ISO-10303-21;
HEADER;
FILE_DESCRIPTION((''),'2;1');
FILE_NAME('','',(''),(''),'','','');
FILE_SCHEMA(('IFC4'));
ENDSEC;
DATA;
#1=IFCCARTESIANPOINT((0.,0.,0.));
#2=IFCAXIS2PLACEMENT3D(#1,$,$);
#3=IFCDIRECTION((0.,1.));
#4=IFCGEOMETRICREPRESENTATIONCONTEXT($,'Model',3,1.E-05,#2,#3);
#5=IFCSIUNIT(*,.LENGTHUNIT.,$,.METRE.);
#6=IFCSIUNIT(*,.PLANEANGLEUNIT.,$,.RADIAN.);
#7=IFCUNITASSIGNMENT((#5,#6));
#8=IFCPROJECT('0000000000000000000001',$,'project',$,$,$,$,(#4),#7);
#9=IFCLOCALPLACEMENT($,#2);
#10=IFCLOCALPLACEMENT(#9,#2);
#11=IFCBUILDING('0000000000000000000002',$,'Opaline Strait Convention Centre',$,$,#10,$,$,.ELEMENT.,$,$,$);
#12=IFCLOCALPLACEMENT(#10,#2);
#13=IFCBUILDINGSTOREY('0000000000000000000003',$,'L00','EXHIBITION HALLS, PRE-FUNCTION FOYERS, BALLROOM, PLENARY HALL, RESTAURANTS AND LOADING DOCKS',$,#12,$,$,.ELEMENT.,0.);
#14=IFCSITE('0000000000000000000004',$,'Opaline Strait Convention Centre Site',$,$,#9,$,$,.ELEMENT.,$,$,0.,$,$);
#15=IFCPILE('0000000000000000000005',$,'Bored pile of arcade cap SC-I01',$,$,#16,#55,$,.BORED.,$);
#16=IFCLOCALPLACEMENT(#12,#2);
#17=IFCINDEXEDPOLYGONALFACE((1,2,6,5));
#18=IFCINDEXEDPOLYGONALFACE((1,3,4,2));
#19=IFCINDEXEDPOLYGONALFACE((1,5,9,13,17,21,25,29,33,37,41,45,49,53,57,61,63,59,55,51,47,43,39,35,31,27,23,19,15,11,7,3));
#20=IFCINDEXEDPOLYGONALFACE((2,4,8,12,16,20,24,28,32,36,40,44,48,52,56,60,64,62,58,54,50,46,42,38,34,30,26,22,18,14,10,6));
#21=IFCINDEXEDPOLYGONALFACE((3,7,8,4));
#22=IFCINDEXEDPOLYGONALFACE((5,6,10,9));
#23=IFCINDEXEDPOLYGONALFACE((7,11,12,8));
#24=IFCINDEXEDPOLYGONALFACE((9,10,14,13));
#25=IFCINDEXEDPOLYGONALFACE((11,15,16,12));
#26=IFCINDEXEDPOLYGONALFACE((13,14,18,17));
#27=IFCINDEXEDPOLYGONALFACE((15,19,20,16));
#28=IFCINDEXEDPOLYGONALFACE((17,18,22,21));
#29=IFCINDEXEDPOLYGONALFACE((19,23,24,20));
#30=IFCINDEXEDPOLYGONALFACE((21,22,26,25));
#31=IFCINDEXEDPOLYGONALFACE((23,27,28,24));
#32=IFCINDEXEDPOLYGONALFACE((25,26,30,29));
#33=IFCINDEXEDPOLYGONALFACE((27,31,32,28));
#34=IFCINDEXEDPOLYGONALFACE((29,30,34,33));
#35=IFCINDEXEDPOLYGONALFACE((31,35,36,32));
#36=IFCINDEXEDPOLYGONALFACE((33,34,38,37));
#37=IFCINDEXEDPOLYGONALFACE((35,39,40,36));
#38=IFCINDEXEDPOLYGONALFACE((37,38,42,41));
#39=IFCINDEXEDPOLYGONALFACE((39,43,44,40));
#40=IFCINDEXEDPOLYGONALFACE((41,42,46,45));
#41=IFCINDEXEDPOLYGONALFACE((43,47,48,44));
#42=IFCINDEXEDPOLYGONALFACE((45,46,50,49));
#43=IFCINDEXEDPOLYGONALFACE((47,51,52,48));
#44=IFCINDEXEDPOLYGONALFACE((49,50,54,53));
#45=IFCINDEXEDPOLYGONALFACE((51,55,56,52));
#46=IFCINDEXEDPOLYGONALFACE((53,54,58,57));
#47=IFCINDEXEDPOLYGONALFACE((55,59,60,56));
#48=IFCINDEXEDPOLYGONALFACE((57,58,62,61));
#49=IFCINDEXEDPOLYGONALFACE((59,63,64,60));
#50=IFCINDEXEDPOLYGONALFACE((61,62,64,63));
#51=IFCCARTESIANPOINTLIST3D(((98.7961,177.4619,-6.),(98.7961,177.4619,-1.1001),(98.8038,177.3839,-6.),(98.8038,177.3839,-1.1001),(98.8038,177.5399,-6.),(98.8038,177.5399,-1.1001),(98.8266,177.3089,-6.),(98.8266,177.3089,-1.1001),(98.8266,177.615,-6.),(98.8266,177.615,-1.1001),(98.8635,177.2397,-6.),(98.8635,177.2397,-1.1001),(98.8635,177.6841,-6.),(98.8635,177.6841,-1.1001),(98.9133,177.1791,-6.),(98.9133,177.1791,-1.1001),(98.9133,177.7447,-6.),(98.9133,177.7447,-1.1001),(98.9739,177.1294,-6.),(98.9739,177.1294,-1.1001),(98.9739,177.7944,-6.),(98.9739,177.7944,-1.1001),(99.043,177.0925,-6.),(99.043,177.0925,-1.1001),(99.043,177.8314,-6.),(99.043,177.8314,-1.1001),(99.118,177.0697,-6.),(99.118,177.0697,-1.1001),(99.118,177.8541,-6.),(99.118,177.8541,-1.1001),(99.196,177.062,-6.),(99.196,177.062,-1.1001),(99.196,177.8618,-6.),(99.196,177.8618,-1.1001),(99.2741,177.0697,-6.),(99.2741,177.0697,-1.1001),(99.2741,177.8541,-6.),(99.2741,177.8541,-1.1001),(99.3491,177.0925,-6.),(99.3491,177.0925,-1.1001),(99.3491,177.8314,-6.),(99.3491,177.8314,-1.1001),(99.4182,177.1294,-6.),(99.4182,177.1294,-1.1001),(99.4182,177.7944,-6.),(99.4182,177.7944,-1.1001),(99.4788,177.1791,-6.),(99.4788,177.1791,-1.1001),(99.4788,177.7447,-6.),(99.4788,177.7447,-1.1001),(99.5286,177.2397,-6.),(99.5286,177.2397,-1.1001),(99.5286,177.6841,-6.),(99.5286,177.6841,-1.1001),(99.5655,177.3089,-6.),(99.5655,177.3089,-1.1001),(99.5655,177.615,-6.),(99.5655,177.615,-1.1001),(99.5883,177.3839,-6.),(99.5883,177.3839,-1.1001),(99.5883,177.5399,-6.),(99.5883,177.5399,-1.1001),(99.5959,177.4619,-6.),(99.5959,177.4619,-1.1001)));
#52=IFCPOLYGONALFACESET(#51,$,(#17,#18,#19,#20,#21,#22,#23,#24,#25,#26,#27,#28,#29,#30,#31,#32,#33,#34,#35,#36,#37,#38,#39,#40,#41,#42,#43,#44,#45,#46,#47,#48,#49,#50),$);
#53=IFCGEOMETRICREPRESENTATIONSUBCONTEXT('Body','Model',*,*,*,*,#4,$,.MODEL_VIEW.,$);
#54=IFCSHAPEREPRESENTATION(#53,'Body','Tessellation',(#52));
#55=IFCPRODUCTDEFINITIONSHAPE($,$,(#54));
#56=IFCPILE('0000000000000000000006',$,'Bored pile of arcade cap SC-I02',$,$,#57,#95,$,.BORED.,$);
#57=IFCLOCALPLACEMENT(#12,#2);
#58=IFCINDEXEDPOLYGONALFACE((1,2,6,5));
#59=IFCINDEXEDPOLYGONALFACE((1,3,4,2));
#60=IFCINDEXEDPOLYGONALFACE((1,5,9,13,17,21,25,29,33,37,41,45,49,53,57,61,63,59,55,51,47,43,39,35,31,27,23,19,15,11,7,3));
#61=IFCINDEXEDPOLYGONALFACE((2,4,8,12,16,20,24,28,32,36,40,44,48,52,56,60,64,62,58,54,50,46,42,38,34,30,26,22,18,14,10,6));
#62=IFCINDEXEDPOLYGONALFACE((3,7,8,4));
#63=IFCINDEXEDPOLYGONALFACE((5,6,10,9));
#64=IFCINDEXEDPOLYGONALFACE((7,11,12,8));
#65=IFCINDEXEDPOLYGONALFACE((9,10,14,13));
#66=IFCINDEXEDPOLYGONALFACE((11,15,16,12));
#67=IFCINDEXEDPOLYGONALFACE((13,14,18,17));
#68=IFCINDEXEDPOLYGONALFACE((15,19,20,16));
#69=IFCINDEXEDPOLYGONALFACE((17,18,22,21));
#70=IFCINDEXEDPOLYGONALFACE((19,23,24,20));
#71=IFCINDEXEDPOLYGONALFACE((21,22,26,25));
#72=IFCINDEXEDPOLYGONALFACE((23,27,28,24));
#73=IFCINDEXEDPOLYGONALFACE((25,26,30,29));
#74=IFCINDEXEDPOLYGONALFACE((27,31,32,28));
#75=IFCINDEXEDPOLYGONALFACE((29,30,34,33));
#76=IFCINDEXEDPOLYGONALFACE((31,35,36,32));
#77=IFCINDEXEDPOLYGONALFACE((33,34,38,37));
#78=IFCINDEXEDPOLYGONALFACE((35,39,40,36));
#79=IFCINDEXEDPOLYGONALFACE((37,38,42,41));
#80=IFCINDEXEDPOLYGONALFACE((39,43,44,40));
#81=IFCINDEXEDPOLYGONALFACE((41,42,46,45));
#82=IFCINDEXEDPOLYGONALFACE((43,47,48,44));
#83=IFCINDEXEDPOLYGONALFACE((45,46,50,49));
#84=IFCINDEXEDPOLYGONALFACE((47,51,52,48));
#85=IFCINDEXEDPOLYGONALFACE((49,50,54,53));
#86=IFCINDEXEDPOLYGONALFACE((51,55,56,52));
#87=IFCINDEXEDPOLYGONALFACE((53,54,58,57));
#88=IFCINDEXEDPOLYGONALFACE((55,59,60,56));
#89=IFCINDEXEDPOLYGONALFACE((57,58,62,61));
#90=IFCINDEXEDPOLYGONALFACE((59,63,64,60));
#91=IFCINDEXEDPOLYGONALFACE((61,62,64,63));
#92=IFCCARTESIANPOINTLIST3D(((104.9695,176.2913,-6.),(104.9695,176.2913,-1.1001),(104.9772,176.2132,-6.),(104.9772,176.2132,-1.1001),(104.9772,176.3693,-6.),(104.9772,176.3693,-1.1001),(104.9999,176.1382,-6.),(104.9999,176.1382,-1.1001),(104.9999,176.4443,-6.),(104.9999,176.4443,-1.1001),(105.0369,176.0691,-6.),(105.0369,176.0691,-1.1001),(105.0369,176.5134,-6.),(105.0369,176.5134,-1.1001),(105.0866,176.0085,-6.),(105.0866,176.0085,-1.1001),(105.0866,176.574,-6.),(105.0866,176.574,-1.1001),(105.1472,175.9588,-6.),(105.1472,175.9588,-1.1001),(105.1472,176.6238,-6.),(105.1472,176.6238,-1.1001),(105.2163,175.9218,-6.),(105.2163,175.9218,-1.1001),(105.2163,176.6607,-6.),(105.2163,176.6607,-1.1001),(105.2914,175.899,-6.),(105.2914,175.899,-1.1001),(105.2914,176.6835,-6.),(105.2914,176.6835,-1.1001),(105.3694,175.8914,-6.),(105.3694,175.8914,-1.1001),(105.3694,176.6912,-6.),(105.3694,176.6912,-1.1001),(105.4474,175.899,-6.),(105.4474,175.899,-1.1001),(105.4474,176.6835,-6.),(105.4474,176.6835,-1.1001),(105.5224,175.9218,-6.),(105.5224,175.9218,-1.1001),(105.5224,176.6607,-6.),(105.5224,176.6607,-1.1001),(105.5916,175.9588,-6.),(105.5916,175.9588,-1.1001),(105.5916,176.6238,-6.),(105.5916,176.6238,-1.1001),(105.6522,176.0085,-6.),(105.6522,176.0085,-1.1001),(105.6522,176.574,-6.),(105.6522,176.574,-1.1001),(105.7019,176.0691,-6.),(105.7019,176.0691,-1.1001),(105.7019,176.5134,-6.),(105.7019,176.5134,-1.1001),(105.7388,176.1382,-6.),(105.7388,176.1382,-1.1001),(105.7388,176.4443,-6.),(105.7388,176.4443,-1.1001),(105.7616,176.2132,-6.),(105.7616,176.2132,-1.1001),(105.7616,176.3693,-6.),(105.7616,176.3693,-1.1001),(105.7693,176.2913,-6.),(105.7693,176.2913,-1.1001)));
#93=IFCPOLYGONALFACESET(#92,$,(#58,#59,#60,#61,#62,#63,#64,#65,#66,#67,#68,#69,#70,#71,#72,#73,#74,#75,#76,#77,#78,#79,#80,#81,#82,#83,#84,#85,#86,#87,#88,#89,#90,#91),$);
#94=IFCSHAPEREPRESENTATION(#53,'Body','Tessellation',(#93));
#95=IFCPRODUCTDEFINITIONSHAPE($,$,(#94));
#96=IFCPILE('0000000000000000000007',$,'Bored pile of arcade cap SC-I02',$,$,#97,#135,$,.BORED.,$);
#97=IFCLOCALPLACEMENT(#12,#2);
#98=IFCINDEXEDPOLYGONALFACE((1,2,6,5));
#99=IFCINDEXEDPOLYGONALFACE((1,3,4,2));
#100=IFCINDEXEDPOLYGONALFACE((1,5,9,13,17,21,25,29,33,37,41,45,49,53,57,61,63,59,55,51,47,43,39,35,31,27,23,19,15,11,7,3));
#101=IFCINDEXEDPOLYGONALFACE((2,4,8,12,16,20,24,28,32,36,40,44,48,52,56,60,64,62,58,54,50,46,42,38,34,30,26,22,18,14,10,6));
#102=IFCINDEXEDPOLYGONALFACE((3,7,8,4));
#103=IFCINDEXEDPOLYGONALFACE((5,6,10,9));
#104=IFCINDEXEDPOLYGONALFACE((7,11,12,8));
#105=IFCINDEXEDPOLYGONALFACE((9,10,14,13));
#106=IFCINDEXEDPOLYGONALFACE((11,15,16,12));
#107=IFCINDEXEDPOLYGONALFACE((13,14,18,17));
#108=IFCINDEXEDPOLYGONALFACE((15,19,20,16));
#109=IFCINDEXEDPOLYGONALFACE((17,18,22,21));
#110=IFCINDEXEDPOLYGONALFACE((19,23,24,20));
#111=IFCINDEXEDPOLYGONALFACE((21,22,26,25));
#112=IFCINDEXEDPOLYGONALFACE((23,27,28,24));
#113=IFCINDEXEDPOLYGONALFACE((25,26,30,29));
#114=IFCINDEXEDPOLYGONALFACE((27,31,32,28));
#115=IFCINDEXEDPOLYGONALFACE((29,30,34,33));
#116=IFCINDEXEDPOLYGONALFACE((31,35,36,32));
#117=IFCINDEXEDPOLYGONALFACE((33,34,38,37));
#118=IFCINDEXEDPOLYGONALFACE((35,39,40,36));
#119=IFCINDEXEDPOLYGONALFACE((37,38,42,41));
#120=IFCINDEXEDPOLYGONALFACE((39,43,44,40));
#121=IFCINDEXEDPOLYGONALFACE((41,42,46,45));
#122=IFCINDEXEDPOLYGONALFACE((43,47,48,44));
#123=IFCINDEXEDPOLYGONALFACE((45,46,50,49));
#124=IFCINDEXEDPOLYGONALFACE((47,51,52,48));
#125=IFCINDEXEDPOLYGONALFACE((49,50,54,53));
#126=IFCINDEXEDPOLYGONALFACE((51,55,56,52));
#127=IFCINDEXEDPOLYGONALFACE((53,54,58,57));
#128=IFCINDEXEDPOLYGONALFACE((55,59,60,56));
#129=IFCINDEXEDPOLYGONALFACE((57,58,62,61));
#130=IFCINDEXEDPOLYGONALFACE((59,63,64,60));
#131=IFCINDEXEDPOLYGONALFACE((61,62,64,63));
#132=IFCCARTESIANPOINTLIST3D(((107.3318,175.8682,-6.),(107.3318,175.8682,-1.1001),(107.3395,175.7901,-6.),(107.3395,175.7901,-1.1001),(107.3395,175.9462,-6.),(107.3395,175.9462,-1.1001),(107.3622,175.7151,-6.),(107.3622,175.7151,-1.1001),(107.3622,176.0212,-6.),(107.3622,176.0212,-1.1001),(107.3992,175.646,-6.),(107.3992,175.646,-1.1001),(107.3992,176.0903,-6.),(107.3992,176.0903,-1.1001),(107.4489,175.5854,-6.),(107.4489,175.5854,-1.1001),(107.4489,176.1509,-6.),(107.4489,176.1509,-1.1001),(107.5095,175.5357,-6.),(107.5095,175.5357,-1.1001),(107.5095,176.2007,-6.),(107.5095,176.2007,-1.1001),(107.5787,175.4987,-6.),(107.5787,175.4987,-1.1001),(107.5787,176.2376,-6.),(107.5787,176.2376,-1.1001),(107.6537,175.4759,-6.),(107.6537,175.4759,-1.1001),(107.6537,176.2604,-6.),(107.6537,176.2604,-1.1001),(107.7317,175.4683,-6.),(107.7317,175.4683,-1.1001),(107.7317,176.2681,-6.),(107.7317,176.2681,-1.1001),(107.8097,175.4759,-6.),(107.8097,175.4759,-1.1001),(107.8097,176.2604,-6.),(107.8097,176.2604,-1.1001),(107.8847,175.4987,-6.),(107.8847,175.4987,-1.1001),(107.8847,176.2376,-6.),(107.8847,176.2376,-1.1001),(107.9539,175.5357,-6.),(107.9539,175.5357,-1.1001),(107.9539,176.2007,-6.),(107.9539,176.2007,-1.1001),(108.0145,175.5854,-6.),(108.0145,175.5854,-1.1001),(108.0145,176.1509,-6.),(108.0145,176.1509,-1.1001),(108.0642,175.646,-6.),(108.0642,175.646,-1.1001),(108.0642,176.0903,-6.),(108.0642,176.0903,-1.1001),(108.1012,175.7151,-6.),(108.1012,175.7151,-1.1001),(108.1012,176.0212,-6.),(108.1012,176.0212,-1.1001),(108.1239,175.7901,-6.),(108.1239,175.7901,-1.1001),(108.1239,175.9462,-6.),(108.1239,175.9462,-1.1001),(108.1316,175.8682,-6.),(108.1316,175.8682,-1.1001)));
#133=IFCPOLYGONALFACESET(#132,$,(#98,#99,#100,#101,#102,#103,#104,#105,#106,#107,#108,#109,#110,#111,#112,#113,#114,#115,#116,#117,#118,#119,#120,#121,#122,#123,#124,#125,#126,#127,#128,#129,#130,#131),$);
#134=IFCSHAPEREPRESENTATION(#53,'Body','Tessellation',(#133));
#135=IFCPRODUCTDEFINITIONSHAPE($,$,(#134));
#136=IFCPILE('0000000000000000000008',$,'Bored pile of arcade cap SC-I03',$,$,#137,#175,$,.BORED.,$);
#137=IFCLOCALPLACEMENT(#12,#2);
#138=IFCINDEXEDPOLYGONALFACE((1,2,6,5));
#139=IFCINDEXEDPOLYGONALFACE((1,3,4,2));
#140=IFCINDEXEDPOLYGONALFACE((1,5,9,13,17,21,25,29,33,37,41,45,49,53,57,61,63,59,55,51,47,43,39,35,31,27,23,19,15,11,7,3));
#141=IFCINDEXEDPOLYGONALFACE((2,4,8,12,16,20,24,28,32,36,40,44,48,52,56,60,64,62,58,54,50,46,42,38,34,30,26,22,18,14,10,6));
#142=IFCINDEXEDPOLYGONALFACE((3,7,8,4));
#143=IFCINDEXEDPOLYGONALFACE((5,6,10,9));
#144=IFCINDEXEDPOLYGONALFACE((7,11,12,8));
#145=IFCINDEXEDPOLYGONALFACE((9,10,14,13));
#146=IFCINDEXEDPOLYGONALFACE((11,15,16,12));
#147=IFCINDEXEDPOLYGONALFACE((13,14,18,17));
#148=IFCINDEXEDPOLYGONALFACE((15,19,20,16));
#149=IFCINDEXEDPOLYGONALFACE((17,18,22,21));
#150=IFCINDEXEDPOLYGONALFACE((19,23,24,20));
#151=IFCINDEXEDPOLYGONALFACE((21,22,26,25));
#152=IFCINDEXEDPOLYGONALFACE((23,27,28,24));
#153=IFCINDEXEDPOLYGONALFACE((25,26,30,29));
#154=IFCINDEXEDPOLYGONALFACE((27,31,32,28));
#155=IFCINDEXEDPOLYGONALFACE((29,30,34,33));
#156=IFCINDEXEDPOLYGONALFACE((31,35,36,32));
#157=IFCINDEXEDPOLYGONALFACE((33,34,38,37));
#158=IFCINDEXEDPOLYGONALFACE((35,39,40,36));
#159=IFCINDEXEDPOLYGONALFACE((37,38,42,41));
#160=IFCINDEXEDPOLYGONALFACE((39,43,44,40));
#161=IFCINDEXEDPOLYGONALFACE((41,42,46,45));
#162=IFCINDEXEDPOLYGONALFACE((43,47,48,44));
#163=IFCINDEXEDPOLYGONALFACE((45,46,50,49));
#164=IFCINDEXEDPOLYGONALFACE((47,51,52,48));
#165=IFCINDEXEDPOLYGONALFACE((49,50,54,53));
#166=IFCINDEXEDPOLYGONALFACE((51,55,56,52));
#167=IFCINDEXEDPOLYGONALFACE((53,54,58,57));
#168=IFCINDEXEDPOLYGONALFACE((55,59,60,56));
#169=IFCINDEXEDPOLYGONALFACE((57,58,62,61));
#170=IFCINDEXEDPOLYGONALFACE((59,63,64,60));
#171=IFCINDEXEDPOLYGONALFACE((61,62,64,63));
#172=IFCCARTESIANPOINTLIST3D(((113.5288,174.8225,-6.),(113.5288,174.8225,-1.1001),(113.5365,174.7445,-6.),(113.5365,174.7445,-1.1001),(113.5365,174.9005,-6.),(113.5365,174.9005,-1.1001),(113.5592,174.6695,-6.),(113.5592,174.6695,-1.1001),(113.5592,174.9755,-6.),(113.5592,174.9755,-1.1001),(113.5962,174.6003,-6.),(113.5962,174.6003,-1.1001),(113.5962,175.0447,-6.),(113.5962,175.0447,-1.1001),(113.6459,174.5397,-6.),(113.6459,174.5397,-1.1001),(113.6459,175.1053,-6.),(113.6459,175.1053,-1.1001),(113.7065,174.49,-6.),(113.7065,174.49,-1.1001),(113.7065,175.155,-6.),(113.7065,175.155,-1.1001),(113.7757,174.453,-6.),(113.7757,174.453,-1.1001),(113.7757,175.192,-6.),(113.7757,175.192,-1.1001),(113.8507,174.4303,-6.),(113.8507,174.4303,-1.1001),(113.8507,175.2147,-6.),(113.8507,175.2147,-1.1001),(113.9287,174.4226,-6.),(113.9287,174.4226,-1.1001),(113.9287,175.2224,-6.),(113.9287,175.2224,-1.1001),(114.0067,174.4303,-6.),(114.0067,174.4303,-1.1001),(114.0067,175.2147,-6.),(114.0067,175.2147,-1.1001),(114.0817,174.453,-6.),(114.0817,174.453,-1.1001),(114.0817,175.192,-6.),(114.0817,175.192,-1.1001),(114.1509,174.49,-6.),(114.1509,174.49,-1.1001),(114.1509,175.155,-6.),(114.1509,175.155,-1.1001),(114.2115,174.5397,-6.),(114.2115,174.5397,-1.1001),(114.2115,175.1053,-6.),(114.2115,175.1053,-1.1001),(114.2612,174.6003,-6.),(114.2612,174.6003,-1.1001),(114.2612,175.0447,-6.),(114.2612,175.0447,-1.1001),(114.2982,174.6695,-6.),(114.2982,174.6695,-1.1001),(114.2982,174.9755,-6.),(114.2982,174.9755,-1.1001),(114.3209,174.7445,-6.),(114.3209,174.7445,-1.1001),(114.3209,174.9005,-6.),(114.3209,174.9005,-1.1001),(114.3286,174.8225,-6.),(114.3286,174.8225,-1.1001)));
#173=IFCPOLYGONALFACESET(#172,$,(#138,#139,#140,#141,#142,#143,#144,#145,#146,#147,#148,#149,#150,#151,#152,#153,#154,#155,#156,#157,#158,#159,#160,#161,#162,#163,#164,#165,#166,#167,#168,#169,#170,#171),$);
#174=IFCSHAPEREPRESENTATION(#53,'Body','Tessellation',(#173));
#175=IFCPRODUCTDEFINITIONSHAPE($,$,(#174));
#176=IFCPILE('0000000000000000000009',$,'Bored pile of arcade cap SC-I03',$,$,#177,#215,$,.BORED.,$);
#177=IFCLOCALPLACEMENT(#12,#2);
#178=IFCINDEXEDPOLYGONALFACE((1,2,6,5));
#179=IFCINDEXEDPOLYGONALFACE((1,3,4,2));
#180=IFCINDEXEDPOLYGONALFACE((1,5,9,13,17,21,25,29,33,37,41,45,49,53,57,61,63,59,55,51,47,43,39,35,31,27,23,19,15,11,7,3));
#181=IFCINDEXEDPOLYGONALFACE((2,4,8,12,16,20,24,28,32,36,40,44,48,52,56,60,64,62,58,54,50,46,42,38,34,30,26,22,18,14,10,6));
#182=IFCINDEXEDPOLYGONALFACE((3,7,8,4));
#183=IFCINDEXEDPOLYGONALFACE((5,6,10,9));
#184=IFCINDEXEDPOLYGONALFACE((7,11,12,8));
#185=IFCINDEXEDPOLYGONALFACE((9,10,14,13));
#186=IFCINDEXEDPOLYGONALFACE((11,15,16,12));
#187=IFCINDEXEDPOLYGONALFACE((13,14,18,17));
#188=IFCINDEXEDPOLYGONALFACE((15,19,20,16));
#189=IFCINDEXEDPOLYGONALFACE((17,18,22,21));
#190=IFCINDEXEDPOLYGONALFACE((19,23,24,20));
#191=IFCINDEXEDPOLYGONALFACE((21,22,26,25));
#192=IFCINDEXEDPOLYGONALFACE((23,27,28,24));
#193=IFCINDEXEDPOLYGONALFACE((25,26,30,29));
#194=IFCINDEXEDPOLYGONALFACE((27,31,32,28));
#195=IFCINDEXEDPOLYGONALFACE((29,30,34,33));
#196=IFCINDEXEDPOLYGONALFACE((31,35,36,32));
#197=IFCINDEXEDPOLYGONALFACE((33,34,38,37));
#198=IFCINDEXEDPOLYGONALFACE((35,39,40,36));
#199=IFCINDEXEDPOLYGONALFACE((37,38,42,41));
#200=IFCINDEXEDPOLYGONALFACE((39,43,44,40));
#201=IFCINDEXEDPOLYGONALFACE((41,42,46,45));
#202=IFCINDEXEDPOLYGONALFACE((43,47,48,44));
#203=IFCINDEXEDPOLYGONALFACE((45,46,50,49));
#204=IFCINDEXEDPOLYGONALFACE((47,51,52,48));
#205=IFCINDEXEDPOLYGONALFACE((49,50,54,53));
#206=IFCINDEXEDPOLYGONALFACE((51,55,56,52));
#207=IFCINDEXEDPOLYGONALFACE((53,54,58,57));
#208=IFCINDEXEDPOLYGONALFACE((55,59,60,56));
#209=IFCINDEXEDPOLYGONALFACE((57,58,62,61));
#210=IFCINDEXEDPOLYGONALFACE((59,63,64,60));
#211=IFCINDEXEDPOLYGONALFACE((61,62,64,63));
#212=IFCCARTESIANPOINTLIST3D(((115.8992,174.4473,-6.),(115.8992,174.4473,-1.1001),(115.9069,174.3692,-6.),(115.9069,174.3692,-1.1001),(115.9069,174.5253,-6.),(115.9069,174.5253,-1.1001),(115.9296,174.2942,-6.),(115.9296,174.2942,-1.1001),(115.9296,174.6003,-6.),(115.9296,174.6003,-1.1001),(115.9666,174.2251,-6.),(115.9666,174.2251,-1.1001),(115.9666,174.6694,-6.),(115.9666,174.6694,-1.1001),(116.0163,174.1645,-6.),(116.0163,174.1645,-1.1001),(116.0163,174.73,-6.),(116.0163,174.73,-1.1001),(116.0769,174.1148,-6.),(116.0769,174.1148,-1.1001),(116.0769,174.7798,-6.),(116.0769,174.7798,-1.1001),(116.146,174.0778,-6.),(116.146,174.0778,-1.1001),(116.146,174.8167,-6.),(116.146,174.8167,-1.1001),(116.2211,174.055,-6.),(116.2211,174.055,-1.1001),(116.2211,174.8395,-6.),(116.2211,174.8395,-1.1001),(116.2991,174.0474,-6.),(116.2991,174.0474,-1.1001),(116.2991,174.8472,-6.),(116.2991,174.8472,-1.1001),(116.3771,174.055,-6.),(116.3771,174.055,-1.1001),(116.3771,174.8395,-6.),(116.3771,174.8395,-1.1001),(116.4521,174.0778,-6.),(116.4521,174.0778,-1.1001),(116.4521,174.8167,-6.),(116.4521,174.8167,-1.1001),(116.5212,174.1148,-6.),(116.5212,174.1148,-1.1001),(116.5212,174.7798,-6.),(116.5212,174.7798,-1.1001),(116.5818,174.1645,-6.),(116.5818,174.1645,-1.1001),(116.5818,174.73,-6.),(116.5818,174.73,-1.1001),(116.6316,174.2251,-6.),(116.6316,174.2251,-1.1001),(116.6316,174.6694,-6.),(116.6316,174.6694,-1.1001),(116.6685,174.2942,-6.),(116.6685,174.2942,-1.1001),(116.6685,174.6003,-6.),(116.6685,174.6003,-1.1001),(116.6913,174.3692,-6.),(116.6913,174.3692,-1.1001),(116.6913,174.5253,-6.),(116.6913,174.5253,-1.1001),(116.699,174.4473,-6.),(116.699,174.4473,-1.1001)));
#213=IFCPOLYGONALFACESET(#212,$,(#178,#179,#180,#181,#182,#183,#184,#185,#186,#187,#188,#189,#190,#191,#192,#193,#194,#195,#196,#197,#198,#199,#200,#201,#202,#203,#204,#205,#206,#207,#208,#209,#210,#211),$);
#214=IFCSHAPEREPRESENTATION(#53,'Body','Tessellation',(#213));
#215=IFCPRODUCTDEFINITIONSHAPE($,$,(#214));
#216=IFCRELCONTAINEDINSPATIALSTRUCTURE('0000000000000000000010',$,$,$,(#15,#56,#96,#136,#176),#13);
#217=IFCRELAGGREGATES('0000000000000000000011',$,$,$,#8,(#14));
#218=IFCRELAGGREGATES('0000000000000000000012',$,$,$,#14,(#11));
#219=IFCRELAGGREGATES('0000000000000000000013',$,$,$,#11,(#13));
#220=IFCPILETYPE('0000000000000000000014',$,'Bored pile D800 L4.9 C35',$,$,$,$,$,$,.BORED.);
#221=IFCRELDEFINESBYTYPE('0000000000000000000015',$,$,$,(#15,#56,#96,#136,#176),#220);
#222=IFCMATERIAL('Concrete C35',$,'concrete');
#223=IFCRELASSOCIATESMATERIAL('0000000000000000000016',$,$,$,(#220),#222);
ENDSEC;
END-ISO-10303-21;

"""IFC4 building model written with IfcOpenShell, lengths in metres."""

from ifc_helpers import new_model, si_unit, direction, frame, origin, origin_2d, place, context, subcontext, project, spatial, circle, extrude, material, material_profile, profile_set, type_object, element, save


model = new_model("IFC4")

# Units and contexts
model_context = context("Model", 3, precision=1e-05, world=origin(), true_north=direction((0.0, 1.0)))
body_context = subcontext(model_context, "Body", "Model", "MODEL_VIEW")
ifc_project = project(units=[si_unit("LENGTHUNIT", "METRE"), si_unit("PLANEANGLEUNIT", "RADIAN")], contexts=[model_context])

# Site, building, storey
site_placement = place(None, origin())
site = spatial("IfcSite", under=ifc_project, at=site_placement, Name="Opaline Strait Convention Centre Site", CompositionType="ELEMENT", RefElevation=0.0)
building_placement = place(site_placement, origin())
building = spatial("IfcBuilding", under=site, at=building_placement, Name="Opaline Strait Convention Centre", CompositionType="ELEMENT")
storey_placement = place(building_placement, origin())
storey = spatial("IfcBuildingStorey", under=building, at=storey_placement, Name="L00", Description="EXHIBITION HALLS, PRE-FUNCTION FOYERS, BALLROOM, PLENARY HALL, RESTAURANTS AND LOADING DOCKS", CompositionType="ELEMENT", Elevation=0.0)

# Piles
ifc_material_1 = material(Name="Concrete C35", Category="concrete")
ifc_material_profile_1 = material_profile(ifc_material_1, circle(Radius=0.3999, at=origin_2d()), Name="D800")
ifc_profile_set_1 = profile_set([ifc_material_profile_1], Name="Concrete C35")
pile_type_1 = type_object("IfcPileType", Name="Bored pile D800 L4.9 C35", PredefinedType="BORED", material=ifc_profile_set_1)
for number, where, z_axis, x_axis, name in (
    (1, (99.196, 177.4619, -1.1001), (0.0, 0.0, -1.0), (1.0, 0.0, 0.0), "Bored pile of arcade cap SC-I01"),
    (2, (105.3694, 176.2913, -1.1001), (0.0, 0.0, -1.0), (1.0, 0.0, 0.0), "Bored pile of arcade cap SC-I02"),
    (3, (107.7317, 175.8682, -1.1001), (0.0, 0.0, -1.0), (1.0, 0.0, 0.0), "Bored pile of arcade cap SC-I02"),
    (4, (113.9287, 174.8225, -1.1001), (0.0, 0.0, -1.0), (1.0, 0.0, 0.0), "Bored pile of arcade cap SC-I03"),
    (5, (116.2991, 174.4473, -1.1001), (0.0, 0.0, -1.0), (1.0, 0.0, 0.0), "Bored pile of arcade cap SC-I03"),
):
    element("IfcPile", number, at=place(storey_placement, frame(where, z_axis=z_axis, x_axis=x_axis)), inside=storey, type_object=pile_type_1, Name=name, PredefinedType="BORED", context=body_context, shape_type="SweptSolid", body=[
        extrude(circle(Radius=0.3999, at=origin_2d()), origin(), (0.0, 0.0, 1.0), 4.8999),
    ])

save(model, "model.ifc")
